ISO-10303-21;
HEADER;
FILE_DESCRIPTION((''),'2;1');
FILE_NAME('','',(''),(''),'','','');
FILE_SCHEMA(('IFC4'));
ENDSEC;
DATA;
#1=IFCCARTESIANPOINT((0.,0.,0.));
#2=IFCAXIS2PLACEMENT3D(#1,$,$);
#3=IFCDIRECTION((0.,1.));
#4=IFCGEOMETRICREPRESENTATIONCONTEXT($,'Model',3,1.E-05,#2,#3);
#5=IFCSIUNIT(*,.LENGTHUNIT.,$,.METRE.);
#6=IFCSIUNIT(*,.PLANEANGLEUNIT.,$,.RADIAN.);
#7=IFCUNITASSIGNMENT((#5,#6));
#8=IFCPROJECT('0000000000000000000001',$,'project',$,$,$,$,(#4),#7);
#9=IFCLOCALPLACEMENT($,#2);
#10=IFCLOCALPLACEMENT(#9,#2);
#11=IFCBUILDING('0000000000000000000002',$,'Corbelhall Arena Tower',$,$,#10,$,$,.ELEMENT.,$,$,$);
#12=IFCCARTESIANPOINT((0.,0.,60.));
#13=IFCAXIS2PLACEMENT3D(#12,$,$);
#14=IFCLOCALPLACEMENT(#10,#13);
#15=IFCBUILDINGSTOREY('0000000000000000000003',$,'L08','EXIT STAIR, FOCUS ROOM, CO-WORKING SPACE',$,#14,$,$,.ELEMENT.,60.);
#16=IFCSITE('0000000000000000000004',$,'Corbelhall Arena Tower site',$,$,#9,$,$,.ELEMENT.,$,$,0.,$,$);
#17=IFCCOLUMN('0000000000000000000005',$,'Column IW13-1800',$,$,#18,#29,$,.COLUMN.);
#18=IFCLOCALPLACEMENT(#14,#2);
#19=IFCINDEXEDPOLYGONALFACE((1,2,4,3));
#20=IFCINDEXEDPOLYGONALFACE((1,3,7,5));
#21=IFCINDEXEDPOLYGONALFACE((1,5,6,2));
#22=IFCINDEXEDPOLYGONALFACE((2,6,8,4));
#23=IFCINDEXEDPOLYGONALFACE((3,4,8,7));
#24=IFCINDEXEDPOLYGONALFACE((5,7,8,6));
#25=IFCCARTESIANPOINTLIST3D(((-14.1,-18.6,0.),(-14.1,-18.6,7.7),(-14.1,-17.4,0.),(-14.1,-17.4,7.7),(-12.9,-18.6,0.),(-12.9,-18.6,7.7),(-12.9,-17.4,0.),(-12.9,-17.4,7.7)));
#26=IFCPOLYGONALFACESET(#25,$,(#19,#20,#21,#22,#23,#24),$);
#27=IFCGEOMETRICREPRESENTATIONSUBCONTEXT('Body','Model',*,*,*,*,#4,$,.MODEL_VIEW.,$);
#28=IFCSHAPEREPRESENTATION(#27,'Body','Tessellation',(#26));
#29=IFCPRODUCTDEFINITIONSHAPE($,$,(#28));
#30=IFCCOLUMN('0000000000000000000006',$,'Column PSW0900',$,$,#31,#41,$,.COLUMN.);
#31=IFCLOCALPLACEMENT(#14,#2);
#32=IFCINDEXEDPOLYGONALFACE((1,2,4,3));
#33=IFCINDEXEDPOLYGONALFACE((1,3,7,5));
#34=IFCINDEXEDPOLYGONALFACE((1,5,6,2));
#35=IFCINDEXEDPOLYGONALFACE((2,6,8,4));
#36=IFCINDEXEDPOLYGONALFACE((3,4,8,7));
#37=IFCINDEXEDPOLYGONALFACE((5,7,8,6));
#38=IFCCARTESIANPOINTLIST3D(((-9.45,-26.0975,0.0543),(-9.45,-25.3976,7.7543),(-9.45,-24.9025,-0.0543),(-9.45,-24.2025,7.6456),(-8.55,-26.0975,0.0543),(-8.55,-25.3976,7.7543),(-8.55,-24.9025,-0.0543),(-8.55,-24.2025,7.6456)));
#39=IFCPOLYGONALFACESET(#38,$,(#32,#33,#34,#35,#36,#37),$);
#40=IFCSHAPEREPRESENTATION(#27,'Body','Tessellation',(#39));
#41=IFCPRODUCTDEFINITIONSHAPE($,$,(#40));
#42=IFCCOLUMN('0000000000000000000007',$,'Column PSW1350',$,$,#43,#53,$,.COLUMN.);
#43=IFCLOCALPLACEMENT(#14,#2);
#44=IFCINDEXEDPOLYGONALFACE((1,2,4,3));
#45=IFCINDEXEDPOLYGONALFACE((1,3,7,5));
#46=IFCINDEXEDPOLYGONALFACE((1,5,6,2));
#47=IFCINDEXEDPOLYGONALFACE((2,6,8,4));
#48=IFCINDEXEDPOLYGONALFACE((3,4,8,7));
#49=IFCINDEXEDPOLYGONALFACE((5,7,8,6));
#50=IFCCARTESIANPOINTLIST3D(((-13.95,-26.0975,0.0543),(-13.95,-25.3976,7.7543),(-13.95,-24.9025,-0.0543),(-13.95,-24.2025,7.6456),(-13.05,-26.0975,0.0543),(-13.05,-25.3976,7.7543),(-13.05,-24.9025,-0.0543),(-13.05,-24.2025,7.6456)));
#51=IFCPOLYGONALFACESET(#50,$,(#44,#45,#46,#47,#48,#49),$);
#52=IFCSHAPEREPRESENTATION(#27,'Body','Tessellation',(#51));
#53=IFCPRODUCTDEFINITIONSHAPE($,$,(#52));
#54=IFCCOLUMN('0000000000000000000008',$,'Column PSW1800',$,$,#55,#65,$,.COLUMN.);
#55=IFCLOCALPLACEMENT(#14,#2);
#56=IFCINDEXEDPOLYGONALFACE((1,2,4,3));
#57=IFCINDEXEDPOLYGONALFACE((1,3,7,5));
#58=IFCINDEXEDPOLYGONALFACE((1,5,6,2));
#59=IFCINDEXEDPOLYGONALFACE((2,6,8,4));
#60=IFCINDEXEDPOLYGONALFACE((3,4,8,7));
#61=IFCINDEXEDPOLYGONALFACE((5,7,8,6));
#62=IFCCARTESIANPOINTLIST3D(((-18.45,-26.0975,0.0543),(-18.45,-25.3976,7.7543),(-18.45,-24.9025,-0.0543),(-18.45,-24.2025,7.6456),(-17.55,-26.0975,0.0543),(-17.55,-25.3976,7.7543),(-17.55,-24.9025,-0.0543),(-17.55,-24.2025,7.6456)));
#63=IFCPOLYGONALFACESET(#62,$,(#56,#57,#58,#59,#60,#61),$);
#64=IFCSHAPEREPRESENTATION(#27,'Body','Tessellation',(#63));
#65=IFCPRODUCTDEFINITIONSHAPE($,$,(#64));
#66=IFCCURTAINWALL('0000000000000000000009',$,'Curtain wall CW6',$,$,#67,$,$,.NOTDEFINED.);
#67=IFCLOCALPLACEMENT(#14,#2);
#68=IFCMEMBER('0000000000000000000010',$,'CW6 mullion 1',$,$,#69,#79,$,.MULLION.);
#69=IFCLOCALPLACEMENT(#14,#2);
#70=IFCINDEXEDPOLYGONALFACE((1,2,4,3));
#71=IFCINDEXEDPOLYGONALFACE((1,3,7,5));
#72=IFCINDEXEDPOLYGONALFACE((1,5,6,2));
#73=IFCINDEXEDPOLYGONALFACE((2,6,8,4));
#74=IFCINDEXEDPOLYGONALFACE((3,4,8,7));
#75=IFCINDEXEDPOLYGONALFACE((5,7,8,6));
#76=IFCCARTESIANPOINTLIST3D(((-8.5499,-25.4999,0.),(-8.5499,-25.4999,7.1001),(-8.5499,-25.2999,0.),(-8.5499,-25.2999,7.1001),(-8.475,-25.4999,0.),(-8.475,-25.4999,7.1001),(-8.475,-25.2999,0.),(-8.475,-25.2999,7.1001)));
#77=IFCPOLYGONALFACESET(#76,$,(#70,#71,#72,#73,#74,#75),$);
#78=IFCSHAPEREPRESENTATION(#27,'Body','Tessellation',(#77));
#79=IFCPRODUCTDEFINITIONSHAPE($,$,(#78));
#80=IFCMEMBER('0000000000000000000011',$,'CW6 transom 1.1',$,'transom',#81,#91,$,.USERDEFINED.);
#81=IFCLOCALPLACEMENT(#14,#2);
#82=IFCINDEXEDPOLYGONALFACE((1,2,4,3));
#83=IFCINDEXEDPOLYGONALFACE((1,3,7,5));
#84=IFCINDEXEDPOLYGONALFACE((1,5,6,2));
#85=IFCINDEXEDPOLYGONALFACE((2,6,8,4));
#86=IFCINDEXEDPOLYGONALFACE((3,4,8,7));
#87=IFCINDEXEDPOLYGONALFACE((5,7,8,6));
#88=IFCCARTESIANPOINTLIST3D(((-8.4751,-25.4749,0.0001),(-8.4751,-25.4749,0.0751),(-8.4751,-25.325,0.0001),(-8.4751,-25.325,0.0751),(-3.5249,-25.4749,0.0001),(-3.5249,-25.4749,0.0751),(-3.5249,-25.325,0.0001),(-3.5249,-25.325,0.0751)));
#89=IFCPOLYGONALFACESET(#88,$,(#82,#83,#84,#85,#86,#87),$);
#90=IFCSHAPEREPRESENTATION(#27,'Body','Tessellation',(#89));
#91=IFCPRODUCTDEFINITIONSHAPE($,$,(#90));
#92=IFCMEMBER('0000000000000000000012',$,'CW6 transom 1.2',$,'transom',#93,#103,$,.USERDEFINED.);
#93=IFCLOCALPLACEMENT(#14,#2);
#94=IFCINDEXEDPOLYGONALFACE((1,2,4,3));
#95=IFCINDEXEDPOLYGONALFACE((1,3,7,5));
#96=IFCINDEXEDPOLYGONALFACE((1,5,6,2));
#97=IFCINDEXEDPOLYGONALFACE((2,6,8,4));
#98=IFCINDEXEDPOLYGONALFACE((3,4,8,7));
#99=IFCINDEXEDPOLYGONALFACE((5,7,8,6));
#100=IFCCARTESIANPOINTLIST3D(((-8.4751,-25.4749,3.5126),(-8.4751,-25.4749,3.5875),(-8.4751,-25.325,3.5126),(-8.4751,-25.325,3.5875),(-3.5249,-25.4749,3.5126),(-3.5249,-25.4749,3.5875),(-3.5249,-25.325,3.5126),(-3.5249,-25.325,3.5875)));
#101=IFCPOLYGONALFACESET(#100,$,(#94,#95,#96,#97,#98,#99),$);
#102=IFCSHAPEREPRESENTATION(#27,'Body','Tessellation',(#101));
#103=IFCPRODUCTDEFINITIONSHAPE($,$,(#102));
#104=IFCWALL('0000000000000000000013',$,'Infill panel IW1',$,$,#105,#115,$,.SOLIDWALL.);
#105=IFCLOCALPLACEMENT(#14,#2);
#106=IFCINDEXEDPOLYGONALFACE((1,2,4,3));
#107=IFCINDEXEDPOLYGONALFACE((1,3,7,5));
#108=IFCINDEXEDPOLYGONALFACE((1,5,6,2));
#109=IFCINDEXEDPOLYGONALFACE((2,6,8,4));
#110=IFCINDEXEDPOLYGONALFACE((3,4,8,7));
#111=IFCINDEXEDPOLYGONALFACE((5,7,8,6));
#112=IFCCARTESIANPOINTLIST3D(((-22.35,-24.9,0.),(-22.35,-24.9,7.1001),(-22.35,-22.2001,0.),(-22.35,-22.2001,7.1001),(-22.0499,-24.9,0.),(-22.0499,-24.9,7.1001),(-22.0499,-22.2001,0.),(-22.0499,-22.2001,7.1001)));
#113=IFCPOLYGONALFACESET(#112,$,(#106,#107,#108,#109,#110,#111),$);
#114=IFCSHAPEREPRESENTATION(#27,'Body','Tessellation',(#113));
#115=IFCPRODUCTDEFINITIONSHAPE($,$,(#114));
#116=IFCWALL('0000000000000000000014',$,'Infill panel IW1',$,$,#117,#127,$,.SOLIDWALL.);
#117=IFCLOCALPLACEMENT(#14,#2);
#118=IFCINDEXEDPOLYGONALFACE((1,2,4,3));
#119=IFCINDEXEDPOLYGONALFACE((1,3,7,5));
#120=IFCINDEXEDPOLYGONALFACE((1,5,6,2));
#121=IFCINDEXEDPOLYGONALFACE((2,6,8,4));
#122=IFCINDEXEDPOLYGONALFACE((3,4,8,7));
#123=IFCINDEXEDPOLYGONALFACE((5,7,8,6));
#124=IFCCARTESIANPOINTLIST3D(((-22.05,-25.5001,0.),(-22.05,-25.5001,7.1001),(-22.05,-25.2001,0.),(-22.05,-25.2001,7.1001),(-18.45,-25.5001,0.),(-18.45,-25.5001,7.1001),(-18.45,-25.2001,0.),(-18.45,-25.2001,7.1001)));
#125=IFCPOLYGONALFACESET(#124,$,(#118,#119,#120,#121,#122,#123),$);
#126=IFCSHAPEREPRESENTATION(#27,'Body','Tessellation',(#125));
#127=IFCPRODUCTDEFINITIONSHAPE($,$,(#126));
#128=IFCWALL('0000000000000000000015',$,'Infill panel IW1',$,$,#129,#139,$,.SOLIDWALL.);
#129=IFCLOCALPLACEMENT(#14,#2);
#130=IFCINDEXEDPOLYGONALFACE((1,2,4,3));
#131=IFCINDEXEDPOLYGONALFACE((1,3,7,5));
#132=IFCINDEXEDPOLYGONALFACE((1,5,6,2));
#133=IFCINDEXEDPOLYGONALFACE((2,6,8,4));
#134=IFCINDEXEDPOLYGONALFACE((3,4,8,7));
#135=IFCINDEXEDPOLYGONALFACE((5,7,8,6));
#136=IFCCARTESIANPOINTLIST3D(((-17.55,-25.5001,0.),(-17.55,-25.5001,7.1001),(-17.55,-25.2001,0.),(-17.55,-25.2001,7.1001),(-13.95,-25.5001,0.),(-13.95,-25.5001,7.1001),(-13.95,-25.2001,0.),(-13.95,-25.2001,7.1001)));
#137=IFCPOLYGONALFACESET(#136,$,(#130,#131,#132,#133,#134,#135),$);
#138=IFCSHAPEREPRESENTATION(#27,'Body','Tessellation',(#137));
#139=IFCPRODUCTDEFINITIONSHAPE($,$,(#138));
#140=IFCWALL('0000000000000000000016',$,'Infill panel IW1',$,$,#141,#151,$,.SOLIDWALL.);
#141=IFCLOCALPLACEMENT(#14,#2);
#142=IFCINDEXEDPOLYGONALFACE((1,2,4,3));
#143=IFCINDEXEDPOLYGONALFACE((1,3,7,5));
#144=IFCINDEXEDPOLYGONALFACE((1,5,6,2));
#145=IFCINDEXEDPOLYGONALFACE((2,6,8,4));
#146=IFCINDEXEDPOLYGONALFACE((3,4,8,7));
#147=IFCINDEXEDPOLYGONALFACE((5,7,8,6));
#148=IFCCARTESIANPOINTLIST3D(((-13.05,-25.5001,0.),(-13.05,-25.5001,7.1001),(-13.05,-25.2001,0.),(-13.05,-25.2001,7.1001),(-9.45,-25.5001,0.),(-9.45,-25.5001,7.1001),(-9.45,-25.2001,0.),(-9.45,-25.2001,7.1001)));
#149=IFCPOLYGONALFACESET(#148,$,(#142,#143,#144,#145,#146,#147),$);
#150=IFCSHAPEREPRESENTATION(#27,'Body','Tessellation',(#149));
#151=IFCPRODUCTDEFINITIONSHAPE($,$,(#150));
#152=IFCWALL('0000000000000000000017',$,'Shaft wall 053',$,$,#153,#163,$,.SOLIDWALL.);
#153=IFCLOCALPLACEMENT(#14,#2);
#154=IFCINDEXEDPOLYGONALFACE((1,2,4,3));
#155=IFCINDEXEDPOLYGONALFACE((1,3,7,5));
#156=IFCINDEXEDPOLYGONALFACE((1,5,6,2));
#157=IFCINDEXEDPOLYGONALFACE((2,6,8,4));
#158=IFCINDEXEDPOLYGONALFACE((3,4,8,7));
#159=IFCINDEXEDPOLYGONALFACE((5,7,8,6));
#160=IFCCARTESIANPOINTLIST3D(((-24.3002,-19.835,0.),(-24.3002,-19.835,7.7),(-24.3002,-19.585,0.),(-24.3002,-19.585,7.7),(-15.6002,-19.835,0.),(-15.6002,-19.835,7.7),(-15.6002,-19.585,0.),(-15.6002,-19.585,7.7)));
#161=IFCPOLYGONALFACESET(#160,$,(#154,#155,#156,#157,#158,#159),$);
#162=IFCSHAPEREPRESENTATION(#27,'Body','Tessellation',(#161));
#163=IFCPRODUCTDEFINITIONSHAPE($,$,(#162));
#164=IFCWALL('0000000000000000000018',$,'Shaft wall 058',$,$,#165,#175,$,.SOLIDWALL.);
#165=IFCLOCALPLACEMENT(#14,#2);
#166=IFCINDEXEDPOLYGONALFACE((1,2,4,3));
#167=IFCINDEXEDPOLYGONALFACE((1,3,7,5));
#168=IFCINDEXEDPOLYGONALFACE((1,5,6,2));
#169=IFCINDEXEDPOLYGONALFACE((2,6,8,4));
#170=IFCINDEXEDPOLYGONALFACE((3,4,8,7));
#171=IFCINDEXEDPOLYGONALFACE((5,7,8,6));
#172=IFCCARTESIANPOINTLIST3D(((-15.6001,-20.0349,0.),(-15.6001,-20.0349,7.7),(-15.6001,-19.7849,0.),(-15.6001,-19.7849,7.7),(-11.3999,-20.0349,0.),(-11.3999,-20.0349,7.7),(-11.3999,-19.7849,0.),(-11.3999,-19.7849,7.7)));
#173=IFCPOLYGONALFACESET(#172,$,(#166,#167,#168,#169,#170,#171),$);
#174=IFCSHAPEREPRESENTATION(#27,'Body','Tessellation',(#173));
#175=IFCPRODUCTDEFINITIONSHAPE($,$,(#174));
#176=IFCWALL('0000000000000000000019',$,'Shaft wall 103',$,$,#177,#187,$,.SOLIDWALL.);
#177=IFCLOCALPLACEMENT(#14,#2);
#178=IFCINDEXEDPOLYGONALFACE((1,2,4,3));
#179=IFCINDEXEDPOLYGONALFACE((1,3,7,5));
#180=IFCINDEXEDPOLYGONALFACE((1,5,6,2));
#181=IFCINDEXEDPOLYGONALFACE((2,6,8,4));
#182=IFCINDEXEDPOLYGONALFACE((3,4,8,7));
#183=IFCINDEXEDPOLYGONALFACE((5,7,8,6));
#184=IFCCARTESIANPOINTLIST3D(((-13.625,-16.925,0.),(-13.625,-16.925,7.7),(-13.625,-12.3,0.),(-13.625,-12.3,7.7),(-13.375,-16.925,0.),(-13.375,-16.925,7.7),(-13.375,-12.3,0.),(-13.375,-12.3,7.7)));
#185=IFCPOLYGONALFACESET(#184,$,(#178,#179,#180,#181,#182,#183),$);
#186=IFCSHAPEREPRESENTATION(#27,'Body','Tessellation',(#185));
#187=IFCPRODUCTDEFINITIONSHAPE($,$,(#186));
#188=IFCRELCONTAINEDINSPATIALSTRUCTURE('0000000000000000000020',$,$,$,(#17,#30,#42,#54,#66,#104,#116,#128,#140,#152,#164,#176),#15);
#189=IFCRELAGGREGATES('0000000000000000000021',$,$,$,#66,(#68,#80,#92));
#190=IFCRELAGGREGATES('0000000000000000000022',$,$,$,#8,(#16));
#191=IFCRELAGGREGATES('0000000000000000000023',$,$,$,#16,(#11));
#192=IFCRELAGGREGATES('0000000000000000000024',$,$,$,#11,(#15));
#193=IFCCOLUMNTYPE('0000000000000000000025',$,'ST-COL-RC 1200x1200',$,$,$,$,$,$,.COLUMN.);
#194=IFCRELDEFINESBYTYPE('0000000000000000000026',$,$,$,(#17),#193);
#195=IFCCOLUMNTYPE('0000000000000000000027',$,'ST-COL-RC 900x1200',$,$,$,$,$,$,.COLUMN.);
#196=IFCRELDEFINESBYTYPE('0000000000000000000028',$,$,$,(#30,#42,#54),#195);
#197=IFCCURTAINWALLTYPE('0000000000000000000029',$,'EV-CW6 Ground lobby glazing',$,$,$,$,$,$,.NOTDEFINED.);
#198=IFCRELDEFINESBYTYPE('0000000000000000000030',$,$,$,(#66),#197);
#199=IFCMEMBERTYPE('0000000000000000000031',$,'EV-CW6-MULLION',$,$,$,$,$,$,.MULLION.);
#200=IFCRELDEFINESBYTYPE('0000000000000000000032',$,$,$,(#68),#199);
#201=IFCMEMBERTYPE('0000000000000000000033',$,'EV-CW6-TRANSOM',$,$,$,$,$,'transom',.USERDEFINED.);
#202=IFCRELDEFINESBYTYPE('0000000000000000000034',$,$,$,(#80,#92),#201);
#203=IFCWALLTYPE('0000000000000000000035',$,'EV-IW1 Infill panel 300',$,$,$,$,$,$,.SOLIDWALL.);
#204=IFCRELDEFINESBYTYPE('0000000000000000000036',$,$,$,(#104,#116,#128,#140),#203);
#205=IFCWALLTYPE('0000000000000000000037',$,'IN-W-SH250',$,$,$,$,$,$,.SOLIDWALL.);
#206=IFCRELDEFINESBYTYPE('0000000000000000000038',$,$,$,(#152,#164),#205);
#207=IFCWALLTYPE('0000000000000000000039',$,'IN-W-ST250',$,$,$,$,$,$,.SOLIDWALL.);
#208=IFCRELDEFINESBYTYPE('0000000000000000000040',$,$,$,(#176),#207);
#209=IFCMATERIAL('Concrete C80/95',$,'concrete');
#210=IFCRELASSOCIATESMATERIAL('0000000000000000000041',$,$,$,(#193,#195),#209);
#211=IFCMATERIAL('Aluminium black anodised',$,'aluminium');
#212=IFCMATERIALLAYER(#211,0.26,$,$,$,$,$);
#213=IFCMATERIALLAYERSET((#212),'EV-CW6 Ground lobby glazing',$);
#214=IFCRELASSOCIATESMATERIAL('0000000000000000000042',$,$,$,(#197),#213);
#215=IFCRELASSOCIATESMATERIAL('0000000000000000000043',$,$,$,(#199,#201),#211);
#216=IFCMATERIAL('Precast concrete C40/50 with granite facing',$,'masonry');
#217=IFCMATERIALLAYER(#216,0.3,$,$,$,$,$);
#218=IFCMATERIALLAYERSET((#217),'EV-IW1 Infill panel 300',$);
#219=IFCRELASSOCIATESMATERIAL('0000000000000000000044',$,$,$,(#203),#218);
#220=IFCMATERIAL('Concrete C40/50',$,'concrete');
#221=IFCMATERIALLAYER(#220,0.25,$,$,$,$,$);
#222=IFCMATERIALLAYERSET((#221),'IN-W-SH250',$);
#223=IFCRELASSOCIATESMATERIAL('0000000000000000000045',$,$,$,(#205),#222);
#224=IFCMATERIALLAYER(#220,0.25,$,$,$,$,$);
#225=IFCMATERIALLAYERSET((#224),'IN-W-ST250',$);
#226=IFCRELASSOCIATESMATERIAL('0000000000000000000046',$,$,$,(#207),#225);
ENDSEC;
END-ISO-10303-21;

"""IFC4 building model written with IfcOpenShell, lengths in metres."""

from ifc_helpers import new_model, si_unit, direction, frame, frame_2d, origin, origin_2d, place, context, subcontext, project, spatial, rectangle, extrude, material, layer, layer_set, material_profile, profile_set, type_object, element, aggregate, save


model = new_model("IFC4")

# Units and contexts
model_context = context("Model", 3, precision=1e-05, world=origin(), true_north=direction((0.0, 1.0)))
body_context = subcontext(model_context, "Body", "Model", "MODEL_VIEW")
ifc_project = project(units=[si_unit("LENGTHUNIT", "METRE"), si_unit("PLANEANGLEUNIT", "RADIAN")], contexts=[model_context])

# Site, building, storey
site_placement = place(None, origin())
site = spatial("IfcSite", under=ifc_project, at=site_placement, Name="Corbelhall Arena Tower site", CompositionType="ELEMENT", RefElevation=0.0)
building_placement = place(site_placement, origin())
building = spatial("IfcBuilding", under=site, at=building_placement, Name="Corbelhall Arena Tower", CompositionType="ELEMENT")
storey_placement = place(building_placement, frame((0.0, 0.0, 60.0)))
storey = spatial("IfcBuildingStorey", under=building, at=storey_placement, Name="L08", Description="EXIT STAIR, FOCUS ROOM, CO-WORKING SPACE", CompositionType="ELEMENT", Elevation=60.0)

# Columns
ifc_material_1 = material(Name="Concrete C80/95", Category="concrete")
ifc_material_profile_1 = material_profile(ifc_material_1, rectangle(XDim=1.2, YDim=1.2, at=origin_2d()))
ifc_profile_set_1 = profile_set([ifc_material_profile_1], Name="Concrete C80/95")
column_type_1 = type_object("IfcColumnType", Name="ST-COL-RC 1200x1200", PredefinedType="COLUMN", material=ifc_profile_set_1)
column_placement = place(storey_placement, frame((-13.5, -18.0, 0.0), z_axis=(0.0, 0.0, 1.0), x_axis=(1.0, 0.0, 0.0)))
element("IfcColumn", 1, at=column_placement, inside=storey, type_object=column_type_1, Name="Column IW13-1800", PredefinedType="COLUMN", context=body_context, shape_type="SweptSolid", body=[
    extrude(rectangle(XDim=1.2, YDim=1.2, at=origin_2d()), origin(), (0.0, 0.0, 1.0), 7.7),
])
ifc_material_profile_2 = material_profile(ifc_material_1, rectangle(XDim=0.8999, YDim=1.2, at=origin_2d()))
ifc_profile_set_2 = profile_set([ifc_material_profile_2], Name="Concrete C80/95")
column_type_2 = type_object("IfcColumnType", Name="ST-COL-RC 900x1200", PredefinedType="COLUMN", material=ifc_profile_set_2)
for number, where, z_axis, x_axis, name in (
    (2, (-9.0, -25.5, 0.0), (0.0, 0.09053, 0.995894), (-1.0, 0.0, 0.0), "Column PSW0900"),
    (3, (-13.5, -25.5, 0.0), (0.0, 0.09053, 0.995894), (-1.0, 0.0, 0.0), "Column PSW1350"),
    (4, (-18.0, -25.5, 0.0), (0.0, 0.09053, 0.995894), (-1.0, 0.0, 0.0), "Column PSW1800"),
):
    element("IfcColumn", number, at=place(storey_placement, frame(where, z_axis=z_axis, x_axis=x_axis)), inside=storey, type_object=column_type_2, Name=name, PredefinedType="COLUMN", context=body_context, shape_type="SweptSolid", body=[
        extrude(rectangle(XDim=0.8999, YDim=1.2, at=origin_2d()), origin(), (0.0, 0.0, 1.0), 7.7317),
    ])

# Curtain wall, members
ifc_material_2 = material(Name="Aluminium black anodised", Category="aluminium")
ifc_layer_1 = layer(ifc_material_2, 0.26)
ifc_layer_set_1 = layer_set([ifc_layer_1], Name="EV-CW6 Ground lobby glazing")
curtain_wall_type = type_object("IfcCurtainWallType", Name="EV-CW6 Ground lobby glazing", PredefinedType="NOTDEFINED", material=ifc_layer_set_1)
curtain_wall_placement = place(storey_placement, origin())
curtain_wall = element("IfcCurtainWall", 5, at=curtain_wall_placement, inside=storey, type_object=curtain_wall_type, Name="Curtain wall CW6", PredefinedType="NOTDEFINED")
ifc_material_profile_3 = material_profile(ifc_material_2, rectangle(XDim=0.2, YDim=0.075, at=origin_2d()))
ifc_profile_set_3 = profile_set([ifc_material_profile_3], Name="Aluminium black anodised")
member_type_1 = type_object("IfcMemberType", Name="EV-CW6-MULLION", PredefinedType="MULLION", material=ifc_profile_set_3)
member_1_placement = place(storey_placement, frame((-8.5125, -25.3999, 0.0), z_axis=(0.0, 0.0, 1.0), x_axis=(0.0, 1.0, 0.0)))
member_1 = element("IfcMember", 6, at=member_1_placement, type_object=member_type_1, Name="CW6 mullion 1", PredefinedType="MULLION", context=body_context, shape_type="SweptSolid", body=[
    extrude(rectangle(XDim=0.2, YDim=0.075, at=origin_2d()), origin(), (0.0, 0.0, 1.0), 7.1001),
])
ifc_material_profile_4 = material_profile(ifc_material_2, rectangle(XDim=0.1499, YDim=0.075, at=origin_2d()))
ifc_profile_set_4 = profile_set([ifc_material_profile_4], Name="Aluminium black anodised")
member_type_2 = type_object("IfcMemberType", Name="EV-CW6-TRANSOM", ElementType="transom", PredefinedType="USERDEFINED", material=ifc_profile_set_4)
member_2_placement = place(storey_placement, frame((-8.4751, -25.3999, 0.0376), z_axis=(1.0, 0.0, 0.0), x_axis=(0.0, 1.0, 0.0)))
member_2 = element("IfcMember", 7, at=member_2_placement, type_object=member_type_2, Name="CW6 transom 1.1", ObjectType="transom", PredefinedType="USERDEFINED", context=body_context, shape_type="SweptSolid", body=[
    extrude(rectangle(XDim=0.1499, YDim=0.075, at=origin_2d()), origin(), (0.0, 0.0, 1.0), 4.9502),
])
member_3_placement = place(storey_placement, frame((-8.4751, -25.3999, 3.55), z_axis=(1.0, 0.0, 0.0), x_axis=(0.0, 1.0, 0.0)))
member_3 = element("IfcMember", 8, at=member_3_placement, type_object=member_type_2, Name="CW6 transom 1.2", ObjectType="transom", PredefinedType="USERDEFINED", context=body_context, shape_type="SweptSolid", body=[
    extrude(rectangle(XDim=0.1499, YDim=0.075, at=origin_2d()), origin(), (0.0, 0.0, 1.0), 4.9502),
])
aggregate(curtain_wall, [member_1, member_2, member_3])

# Walls
ifc_material_3 = material(Name="Precast concrete C40/50 with granite facing", Category="masonry")
ifc_layer_2 = layer(ifc_material_3, 0.3)
ifc_layer_set_2 = layer_set([ifc_layer_2], Name="EV-IW1 Infill panel 300")
wall_type_1 = type_object("IfcWallType", Name="EV-IW1 Infill panel 300", PredefinedType="SOLIDWALL", material=ifc_layer_set_2)
wall_1_placement = place(storey_placement, frame((-22.2, -22.2, 0.0), z_axis=(0.0, 0.0, 1.0), x_axis=(0.0, -1.0, 0.0)))
element("IfcWall", 9, at=wall_1_placement, inside=storey, type_object=wall_type_1, Name="Infill panel IW1", PredefinedType="SOLIDWALL", context=body_context, shape_type="SweptSolid", body=[
    extrude(rectangle(XDim=2.7, YDim=0.3, at=frame_2d((1.3501, 0.0))), origin(), (0.0, 0.0, 1.0), 7.1001),
])
for number, where, z_axis, x_axis, name in (
    (10, (-22.05, -25.3501, 0.0), (0.0, 0.0, 1.0), (1.0, 0.0, 0.0), "Infill panel IW1"),
    (11, (-17.55, -25.3501, 0.0), (0.0, 0.0, 1.0), (1.0, 0.0, 0.0), "Infill panel IW1"),
    (12, (-13.05, -25.3501, 0.0), (0.0, 0.0, 1.0), (1.0, 0.0, 0.0), "Infill panel IW1"),
):
    element("IfcWall", number, at=place(storey_placement, frame(where, z_axis=z_axis, x_axis=x_axis)), inside=storey, type_object=wall_type_1, Name=name, PredefinedType="SOLIDWALL", context=body_context, shape_type="SweptSolid", body=[
        extrude(rectangle(XDim=3.6001, YDim=0.3, at=frame_2d((1.8, 0.0))), origin(), (0.0, 0.0, 1.0), 7.1001),
    ])

# Walls
ifc_material_4 = material(Name="Concrete C40/50", Category="concrete")
ifc_layer_3 = layer(ifc_material_4, 0.25)
ifc_layer_set_3 = layer_set([ifc_layer_3], Name="IN-W-SH250")
wall_type_2 = type_object("IfcWallType", Name="IN-W-SH250", PredefinedType="SOLIDWALL", material=ifc_layer_set_3)
wall_2_placement = place(storey_placement, frame((-15.6001, -19.71, 0.0), z_axis=(0.0, 0.0, 1.0), x_axis=(-1.0, 0.0, 0.0)))
element("IfcWall", 13, at=wall_2_placement, inside=storey, type_object=wall_type_2, Name="Shaft wall 053", PredefinedType="SOLIDWALL", context=body_context, shape_type="SweptSolid", body=[
    extrude(rectangle(XDim=8.7, YDim=0.25, at=frame_2d((4.3501, 0.0))), origin(), (0.0, 0.0, 1.0), 7.7),
])
wall_3_placement = place(storey_placement, frame((-11.3999, -19.9099, 0.0), z_axis=(0.0, 0.0, 1.0), x_axis=(-1.0, 0.0, 0.0)))
element("IfcWall", 14, at=wall_3_placement, inside=storey, type_object=wall_type_2, Name="Shaft wall 058", PredefinedType="SOLIDWALL", context=body_context, shape_type="SweptSolid", body=[
    extrude(rectangle(XDim=4.2002, YDim=0.25, at=frame_2d((2.1001, 0.0))), origin(), (0.0, 0.0, 1.0), 7.7),
])
ifc_layer_4 = layer(ifc_material_4, 0.25)
ifc_layer_set_4 = layer_set([ifc_layer_4], Name="IN-W-ST250")
wall_type_3 = type_object("IfcWallType", Name="IN-W-ST250", PredefinedType="SOLIDWALL", material=ifc_layer_set_4)
wall_4_placement = place(storey_placement, frame((-13.5, -16.925, 0.0), z_axis=(0.0, 0.0, 1.0), x_axis=(0.0, 1.0, 0.0)))
element("IfcWall", 15, at=wall_4_placement, inside=storey, type_object=wall_type_3, Name="Shaft wall 103", PredefinedType="SOLIDWALL", context=body_context, shape_type="SweptSolid", body=[
    extrude(rectangle(XDim=4.625, YDim=0.25, at=frame_2d((2.3125, 0.0))), origin(), (0.0, 0.0, 1.0), 7.7),
])

save(model, "model.ifc")
